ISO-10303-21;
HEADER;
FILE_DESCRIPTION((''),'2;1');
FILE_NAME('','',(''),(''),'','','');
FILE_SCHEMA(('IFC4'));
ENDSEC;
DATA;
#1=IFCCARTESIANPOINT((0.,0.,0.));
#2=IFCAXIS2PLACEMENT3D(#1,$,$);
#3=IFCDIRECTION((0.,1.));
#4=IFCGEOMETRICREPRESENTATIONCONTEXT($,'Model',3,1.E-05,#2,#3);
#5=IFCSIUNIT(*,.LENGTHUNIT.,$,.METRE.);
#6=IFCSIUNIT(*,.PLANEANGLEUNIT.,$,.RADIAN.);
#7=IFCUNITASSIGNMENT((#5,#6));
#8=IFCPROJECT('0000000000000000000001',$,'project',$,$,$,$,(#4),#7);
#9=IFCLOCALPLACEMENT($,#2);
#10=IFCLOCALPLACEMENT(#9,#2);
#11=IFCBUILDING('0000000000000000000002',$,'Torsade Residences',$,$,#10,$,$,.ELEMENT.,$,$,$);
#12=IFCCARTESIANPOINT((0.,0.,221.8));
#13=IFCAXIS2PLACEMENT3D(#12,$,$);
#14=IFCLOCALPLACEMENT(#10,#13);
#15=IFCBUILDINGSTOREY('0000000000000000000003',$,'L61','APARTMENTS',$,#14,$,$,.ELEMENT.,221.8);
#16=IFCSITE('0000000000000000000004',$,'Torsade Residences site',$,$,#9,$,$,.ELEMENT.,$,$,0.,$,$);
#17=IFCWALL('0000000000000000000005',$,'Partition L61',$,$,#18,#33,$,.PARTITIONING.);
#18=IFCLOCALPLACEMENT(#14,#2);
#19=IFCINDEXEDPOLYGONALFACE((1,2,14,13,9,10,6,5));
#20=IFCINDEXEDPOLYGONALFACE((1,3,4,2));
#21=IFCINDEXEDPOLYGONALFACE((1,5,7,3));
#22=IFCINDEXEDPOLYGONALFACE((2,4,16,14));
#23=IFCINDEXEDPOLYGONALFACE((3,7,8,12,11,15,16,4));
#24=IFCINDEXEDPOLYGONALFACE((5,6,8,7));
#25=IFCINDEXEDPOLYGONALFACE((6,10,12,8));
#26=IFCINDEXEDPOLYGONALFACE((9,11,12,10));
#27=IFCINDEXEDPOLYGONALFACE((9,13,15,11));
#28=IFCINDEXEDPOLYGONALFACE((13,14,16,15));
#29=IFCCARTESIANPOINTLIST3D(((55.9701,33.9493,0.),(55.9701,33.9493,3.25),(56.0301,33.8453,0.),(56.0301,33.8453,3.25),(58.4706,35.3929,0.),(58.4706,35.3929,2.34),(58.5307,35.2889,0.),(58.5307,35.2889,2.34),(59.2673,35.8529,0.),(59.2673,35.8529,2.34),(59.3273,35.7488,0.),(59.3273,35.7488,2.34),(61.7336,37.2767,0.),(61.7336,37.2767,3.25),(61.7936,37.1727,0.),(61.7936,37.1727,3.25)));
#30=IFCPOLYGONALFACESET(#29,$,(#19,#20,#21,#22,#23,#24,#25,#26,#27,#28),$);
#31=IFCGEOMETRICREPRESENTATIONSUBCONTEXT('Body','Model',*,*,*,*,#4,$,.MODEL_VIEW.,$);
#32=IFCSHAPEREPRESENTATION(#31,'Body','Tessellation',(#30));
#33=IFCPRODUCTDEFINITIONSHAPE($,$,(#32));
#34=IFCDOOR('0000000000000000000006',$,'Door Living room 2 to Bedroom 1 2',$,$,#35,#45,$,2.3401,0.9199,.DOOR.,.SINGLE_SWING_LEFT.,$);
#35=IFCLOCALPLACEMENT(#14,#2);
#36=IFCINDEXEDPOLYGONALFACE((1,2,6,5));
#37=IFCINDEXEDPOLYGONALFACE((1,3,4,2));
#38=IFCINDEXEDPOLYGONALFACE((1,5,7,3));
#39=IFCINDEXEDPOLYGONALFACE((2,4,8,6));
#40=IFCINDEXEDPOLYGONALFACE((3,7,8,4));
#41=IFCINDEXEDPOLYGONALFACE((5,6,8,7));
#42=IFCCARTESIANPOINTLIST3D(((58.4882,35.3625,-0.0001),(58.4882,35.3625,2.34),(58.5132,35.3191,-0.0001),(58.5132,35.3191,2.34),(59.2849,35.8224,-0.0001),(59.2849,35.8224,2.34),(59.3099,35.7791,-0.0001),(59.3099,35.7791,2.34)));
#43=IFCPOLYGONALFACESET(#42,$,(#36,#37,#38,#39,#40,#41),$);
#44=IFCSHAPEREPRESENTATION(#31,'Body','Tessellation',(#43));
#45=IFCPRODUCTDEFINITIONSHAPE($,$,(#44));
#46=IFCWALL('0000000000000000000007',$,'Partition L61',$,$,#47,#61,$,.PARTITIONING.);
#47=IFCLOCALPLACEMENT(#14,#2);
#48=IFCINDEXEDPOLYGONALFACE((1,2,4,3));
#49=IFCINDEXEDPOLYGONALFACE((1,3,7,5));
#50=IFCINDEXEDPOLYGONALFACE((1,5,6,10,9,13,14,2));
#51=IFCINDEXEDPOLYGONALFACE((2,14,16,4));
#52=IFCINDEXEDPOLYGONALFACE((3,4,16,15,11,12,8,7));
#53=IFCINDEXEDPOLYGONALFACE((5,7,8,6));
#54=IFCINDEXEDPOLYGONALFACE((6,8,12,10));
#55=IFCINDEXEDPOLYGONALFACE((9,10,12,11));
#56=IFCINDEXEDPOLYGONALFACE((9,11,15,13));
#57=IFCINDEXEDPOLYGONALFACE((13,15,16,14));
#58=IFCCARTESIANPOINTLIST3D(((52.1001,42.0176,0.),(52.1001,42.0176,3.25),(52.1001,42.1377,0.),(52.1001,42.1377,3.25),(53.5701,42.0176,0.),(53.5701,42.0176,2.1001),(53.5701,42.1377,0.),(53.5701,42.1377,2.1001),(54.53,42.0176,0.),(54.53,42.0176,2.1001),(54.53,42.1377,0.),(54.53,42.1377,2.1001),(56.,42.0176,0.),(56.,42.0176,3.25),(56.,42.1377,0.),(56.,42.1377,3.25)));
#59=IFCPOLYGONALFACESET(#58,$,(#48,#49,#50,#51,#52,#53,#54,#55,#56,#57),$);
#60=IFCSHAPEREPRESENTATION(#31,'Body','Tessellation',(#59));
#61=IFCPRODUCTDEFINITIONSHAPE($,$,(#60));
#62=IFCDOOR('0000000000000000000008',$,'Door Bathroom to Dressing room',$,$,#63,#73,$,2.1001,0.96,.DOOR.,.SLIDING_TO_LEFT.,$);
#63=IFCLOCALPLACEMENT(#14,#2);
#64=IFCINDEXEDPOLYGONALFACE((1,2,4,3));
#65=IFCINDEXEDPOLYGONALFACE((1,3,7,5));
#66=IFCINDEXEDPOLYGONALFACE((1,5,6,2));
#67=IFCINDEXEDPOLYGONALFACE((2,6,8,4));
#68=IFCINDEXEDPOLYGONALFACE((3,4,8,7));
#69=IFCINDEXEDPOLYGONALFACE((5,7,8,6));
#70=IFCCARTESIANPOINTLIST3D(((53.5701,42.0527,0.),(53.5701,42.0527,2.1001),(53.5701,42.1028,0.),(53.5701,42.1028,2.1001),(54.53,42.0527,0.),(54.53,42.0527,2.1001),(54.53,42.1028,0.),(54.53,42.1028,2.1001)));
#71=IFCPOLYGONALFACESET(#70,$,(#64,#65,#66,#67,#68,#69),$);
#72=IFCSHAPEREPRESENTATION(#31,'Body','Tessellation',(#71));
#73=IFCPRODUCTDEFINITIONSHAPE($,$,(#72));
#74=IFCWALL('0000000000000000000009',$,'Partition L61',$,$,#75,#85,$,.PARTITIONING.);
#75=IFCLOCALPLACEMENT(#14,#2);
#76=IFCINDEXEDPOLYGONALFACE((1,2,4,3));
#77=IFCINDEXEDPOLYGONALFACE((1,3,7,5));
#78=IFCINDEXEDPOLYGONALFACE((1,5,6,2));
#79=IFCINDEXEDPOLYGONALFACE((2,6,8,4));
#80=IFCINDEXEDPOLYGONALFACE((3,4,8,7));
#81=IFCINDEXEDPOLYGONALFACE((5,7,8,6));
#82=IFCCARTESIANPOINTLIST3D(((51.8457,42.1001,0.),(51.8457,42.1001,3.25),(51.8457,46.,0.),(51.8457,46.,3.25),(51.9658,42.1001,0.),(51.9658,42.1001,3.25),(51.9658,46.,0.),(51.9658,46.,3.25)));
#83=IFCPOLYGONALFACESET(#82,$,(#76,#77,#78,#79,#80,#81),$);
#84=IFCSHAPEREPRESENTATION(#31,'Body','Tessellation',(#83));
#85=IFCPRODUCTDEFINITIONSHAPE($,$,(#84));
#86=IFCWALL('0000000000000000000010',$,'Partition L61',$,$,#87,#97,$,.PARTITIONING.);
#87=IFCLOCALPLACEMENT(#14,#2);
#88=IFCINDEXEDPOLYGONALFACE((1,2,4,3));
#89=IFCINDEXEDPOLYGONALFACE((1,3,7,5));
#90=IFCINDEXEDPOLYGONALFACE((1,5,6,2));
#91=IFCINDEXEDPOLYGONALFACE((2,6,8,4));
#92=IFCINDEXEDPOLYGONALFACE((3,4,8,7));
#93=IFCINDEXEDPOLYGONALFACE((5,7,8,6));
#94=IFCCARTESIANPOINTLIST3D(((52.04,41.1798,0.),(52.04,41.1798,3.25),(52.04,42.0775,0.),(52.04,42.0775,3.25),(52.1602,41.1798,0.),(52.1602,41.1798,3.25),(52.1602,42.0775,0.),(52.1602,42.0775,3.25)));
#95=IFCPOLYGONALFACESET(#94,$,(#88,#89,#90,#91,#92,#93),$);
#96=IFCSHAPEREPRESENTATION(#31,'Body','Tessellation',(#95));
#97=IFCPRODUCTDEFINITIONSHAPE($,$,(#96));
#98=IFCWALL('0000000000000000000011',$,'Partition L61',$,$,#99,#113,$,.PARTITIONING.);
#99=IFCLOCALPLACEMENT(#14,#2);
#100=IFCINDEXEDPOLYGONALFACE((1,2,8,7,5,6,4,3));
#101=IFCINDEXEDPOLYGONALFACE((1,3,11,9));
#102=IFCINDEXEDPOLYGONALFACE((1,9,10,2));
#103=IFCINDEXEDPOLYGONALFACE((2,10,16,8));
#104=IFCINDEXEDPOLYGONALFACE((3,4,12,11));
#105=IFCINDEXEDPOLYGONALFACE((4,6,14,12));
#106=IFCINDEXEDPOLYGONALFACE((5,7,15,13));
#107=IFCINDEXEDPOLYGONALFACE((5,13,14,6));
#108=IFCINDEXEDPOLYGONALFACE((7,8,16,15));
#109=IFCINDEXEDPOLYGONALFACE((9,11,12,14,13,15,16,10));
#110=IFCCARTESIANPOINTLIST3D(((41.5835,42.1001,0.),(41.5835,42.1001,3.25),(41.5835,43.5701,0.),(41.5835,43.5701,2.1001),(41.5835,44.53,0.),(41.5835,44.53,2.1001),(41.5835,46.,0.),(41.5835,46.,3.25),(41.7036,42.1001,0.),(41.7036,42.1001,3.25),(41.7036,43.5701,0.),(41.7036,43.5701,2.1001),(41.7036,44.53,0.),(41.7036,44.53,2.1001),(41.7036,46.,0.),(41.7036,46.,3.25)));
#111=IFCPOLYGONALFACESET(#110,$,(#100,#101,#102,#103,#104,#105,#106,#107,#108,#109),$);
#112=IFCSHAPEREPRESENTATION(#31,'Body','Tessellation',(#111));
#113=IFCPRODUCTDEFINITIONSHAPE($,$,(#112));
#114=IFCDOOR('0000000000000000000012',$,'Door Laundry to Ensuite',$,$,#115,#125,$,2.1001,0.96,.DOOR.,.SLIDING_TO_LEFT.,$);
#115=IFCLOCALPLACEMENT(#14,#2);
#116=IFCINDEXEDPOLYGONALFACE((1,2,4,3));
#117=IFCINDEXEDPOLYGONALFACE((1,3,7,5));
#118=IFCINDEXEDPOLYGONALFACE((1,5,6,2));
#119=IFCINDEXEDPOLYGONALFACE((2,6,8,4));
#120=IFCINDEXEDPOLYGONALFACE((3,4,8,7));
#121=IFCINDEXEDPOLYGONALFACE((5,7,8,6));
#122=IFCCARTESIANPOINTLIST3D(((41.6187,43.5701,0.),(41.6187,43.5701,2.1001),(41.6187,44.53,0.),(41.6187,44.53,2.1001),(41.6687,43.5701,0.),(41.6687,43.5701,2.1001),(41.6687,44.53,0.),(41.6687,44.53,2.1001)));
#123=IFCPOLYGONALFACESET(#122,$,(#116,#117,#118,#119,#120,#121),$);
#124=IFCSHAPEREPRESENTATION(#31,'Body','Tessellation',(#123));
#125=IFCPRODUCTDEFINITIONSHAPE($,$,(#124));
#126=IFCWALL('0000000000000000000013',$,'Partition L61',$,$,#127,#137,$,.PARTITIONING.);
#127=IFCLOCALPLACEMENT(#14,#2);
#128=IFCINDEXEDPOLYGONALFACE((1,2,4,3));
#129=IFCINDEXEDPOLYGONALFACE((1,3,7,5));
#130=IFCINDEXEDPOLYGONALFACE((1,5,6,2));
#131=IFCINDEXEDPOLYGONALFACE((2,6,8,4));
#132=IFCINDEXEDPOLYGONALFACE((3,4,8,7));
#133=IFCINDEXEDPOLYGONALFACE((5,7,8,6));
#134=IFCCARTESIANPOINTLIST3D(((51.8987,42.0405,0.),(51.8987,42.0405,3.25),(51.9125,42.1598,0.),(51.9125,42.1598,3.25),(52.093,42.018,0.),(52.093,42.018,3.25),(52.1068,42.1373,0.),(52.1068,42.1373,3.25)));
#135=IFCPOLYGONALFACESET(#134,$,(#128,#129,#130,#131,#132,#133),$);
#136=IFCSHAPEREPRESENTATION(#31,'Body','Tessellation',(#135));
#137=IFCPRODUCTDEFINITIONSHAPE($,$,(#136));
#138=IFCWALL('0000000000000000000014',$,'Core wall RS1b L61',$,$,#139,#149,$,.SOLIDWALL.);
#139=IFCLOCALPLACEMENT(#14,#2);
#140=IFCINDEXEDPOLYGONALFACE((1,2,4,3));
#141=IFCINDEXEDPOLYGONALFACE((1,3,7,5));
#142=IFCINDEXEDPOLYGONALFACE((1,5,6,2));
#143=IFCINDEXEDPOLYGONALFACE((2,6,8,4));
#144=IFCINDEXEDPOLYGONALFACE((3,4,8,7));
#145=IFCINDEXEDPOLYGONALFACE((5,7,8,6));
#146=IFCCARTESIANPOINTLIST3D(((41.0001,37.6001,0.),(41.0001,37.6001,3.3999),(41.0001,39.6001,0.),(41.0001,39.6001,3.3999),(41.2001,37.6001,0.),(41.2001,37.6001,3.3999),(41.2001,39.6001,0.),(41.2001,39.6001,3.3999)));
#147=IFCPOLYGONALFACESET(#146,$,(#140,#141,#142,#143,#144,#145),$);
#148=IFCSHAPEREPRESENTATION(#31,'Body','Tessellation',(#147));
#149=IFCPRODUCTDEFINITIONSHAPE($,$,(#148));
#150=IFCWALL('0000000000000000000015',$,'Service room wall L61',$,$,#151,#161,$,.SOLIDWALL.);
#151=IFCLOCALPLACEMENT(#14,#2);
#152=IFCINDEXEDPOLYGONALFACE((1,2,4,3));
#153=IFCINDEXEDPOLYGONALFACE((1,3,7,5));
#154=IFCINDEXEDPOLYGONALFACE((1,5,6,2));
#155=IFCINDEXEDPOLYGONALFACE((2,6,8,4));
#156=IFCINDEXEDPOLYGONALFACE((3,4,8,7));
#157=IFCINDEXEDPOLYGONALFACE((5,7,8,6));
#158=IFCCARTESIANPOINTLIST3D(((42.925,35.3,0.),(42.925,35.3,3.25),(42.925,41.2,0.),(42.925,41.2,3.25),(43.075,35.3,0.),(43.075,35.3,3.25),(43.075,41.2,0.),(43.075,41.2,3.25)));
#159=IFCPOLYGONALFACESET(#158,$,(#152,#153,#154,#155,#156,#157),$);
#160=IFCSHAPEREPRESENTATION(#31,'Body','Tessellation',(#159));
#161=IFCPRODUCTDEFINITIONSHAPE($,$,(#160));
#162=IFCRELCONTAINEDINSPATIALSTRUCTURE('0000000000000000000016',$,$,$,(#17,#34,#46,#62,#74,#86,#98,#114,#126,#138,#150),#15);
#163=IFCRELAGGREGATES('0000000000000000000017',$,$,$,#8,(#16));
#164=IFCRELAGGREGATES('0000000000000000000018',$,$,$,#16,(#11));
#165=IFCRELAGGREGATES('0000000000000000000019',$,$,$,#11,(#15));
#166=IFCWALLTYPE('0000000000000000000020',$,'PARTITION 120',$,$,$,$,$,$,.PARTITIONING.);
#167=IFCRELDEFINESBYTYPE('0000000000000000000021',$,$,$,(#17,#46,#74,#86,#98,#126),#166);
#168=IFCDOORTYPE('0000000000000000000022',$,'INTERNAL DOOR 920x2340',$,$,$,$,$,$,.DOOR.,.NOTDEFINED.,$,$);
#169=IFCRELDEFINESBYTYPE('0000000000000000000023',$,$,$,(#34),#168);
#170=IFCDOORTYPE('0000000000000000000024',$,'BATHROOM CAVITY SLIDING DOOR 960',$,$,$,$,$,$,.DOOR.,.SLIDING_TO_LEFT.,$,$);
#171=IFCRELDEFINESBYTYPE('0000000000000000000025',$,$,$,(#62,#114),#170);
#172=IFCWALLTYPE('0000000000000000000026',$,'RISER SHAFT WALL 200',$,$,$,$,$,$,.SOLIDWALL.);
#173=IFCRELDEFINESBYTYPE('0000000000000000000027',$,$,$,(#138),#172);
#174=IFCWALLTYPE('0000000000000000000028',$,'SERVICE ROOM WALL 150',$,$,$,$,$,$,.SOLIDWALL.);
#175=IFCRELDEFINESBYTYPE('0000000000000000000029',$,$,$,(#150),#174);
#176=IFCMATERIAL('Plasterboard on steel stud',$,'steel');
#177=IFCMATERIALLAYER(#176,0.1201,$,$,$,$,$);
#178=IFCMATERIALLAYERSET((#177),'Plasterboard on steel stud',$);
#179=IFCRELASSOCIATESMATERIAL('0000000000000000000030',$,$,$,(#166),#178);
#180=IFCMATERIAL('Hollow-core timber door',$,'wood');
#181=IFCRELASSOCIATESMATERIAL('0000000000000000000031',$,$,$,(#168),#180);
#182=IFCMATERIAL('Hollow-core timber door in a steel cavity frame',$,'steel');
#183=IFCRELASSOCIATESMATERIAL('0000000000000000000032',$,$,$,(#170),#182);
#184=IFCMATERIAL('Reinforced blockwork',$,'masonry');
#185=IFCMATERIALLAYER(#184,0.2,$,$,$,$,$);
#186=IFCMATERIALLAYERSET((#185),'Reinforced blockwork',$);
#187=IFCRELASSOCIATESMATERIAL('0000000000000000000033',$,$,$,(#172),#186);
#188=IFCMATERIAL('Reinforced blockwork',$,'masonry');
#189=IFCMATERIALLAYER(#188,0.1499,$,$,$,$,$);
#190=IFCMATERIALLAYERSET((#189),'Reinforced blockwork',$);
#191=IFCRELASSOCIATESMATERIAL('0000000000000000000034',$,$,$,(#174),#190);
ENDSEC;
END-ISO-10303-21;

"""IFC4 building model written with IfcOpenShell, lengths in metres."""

from ifc_helpers import new_model, si_unit, direction, frame, frame_2d, origin, place, context, subcontext, project, spatial, rectangle, extrude, material, layer, layer_set, type_object, element, fill, save


model = new_model("IFC4")

# Units and contexts
model_context = context("Model", 3, precision=1e-05, world=origin(), true_north=direction((0.0, 1.0)))
body_context = subcontext(model_context, "Body", "Model", "MODEL_VIEW")
ifc_project = project(units=[si_unit("LENGTHUNIT", "METRE"), si_unit("PLANEANGLEUNIT", "RADIAN")], contexts=[model_context])

# Site, building, storey
site_placement = place(None, origin())
site = spatial("IfcSite", under=ifc_project, at=site_placement, Name="Torsade Residences site", CompositionType="ELEMENT", RefElevation=0.0)
building_placement = place(site_placement, origin())
building = spatial("IfcBuilding", under=site, at=building_placement, Name="Torsade Residences", CompositionType="ELEMENT")
storey_placement = place(building_placement, frame((0.0, 0.0, 221.8)))
storey = spatial("IfcBuildingStorey", under=building, at=storey_placement, Name="L61", Description="APARTMENTS", CompositionType="ELEMENT", Elevation=221.8)

# Shared definitions
ifc_material_1 = material(Name="Plasterboard on steel stud", Category="steel")
ifc_layer_1 = layer(ifc_material_1, 0.1201)
ifc_layer_set_1 = layer_set([ifc_layer_1], Name="Plasterboard on steel stud")
wall_type_1 = type_object("IfcWallType", Name="PARTITION 120", PredefinedType="PARTITIONING", material=ifc_layer_set_1)
ifc_material_2 = material(Name="Hollow-core timber door", Category="wood")
door_type_1 = type_object("IfcDoorType", Name="INTERNAL DOOR 920x2340", OperationType="NOTDEFINED", PredefinedType="DOOR", material=ifc_material_2)

# Walls, openings, doors
wall_1_placement = place(storey_placement, frame((56.0, 33.8972, 0.0), z_axis=(0.0, 0.0, 1.0), x_axis=(0.866033, 0.499986, 0.0)))
wall_1 = element("IfcWall", 1, at=wall_1_placement, inside=storey, type_object=wall_type_1, Name="Partition L61", PredefinedType="PARTITIONING", context=body_context, shape_type="SweptSolid", body=[
    extrude(rectangle(XDim=6.655, YDim=0.1201, at=frame_2d((3.3276, 0.0))), origin(), (0.0, 0.0, 1.0), 3.25),
])
opening_1_placement = place(wall_1_placement, frame((2.8875, 0.0, 0.0)))
opening_1 = element("IfcOpeningElement", 2, at=opening_1_placement, cuts=wall_1, PredefinedType="OPENING", context=body_context, shape_type="SweptSolid", body=[
    extrude(rectangle(XDim=0.9199, YDim=2.3401, at=frame_2d((0.46, 1.1699))), frame((0.0, 0.0701, 0.0), z_axis=(0.0, -1.0, 0.0), x_axis=(1.0, 0.0, 0.0)), (0.0, 0.0, 1.0), 0.1401),
])
door_1_placement = place(opening_1_placement, origin())
door_1 = element("IfcDoor", 3, at=door_1_placement, inside=storey, type_object=door_type_1, Name="Door Living room 2 to Bedroom 1 2", OperationType="SINGLE_SWING_LEFT", OverallHeight=2.3401, OverallWidth=0.9199, PredefinedType="DOOR", context=body_context, shape_type="SweptSolid", body=[
    extrude(rectangle(XDim=0.9199, YDim=2.3401, at=frame_2d((0.46, 1.1699))), frame((0.0, 0.0249, 0.0), z_axis=(0.0, -1.0, 0.0), x_axis=(1.0, 0.0, 0.0)), (0.0, 0.0, 1.0), 0.05),
])
fill(opening_1, door_1)
wall_2_placement = place(storey_placement, frame((56.0, 42.0776, 0.0), z_axis=(0.0, 0.0, 1.0), x_axis=(-1.0, 0.0, 0.0)))
wall_2 = element("IfcWall", 4, at=wall_2_placement, inside=storey, type_object=wall_type_1, Name="Partition L61", PredefinedType="PARTITIONING", context=body_context, shape_type="SweptSolid", body=[
    extrude(rectangle(XDim=3.8999, YDim=0.1201, at=frame_2d((1.95, 0.0))), origin(), (0.0, 0.0, 1.0), 3.25),
])
opening_2_placement = place(wall_2_placement, frame((1.47, 0.0, 0.0)))
opening_2 = element("IfcOpeningElement", 5, at=opening_2_placement, cuts=wall_2, PredefinedType="OPENING", context=body_context, shape_type="SweptSolid", body=[
    extrude(rectangle(XDim=0.96, YDim=2.1001, at=frame_2d((0.48, 1.05))), frame((0.0, 0.0701, 0.0), z_axis=(0.0, -1.0, 0.0), x_axis=(1.0, 0.0, 0.0)), (0.0, 0.0, 1.0), 0.1401),
])
ifc_material_3 = material(Name="Hollow-core timber door in a steel cavity frame", Category="steel")
door_type_2 = type_object("IfcDoorType", Name="BATHROOM CAVITY SLIDING DOOR 960", OperationType="SLIDING_TO_LEFT", PredefinedType="DOOR", material=ifc_material_3)
door_2_placement = place(opening_2_placement, origin())
door_2 = element("IfcDoor", 6, at=door_2_placement, inside=storey, type_object=door_type_2, Name="Door Bathroom to Dressing room", OperationType="SLIDING_TO_LEFT", OverallHeight=2.1001, OverallWidth=0.96, PredefinedType="DOOR", context=body_context, shape_type="SweptSolid", body=[
    extrude(rectangle(XDim=0.96, YDim=2.1001, at=frame_2d((0.48, 1.05))), frame((0.0, 0.0249, 0.0), z_axis=(0.0, -1.0, 0.0), x_axis=(1.0, 0.0, 0.0)), (0.0, 0.0, 1.0), 0.05),
])
fill(opening_2, door_2)

# Walls
wall_3_placement = place(storey_placement, frame((51.9058, 42.1001, 0.0), z_axis=(0.0, 0.0, 1.0), x_axis=(0.0, 1.0, 0.0)))
element("IfcWall", 7, at=wall_3_placement, inside=storey, type_object=wall_type_1, Name="Partition L61", PredefinedType="PARTITIONING", context=body_context, shape_type="SweptSolid", body=[
    extrude(rectangle(XDim=3.8999, YDim=0.1201, at=frame_2d((1.95, 0.0))), origin(), (0.0, 0.0, 1.0), 3.25),
])
wall_4_placement = place(storey_placement, frame((52.1001, 41.1799, 0.0), z_axis=(0.0, 0.0, 1.0), x_axis=(0.0, 1.0, 0.0)))
element("IfcWall", 8, at=wall_4_placement, inside=storey, type_object=wall_type_1, Name="Partition L61", PredefinedType="PARTITIONING", context=body_context, shape_type="SweptSolid", body=[
    extrude(rectangle(XDim=0.8977, YDim=0.1201, at=frame_2d((0.4487, 0.0))), origin(), (0.0, 0.0, 1.0), 3.25),
])

# Wall, opening, door
wall_5_placement = place(storey_placement, frame((41.6436, 42.1001, 0.0), z_axis=(0.0, 0.0, 1.0), x_axis=(0.0, 1.0, 0.0)))
wall_5 = element("IfcWall", 9, at=wall_5_placement, inside=storey, type_object=wall_type_1, Name="Partition L61", PredefinedType="PARTITIONING", context=body_context, shape_type="SweptSolid", body=[
    extrude(rectangle(XDim=3.8999, YDim=0.1201, at=frame_2d((1.95, 0.0))), origin(), (0.0, 0.0, 1.0), 3.25),
])
opening_3_placement = place(wall_5_placement, frame((1.47, 0.0, 0.0)))
opening_3 = element("IfcOpeningElement", 10, at=opening_3_placement, cuts=wall_5, PredefinedType="OPENING", context=body_context, shape_type="SweptSolid", body=[
    extrude(rectangle(XDim=0.96, YDim=2.1001, at=frame_2d((0.48, 1.05))), frame((0.0, 0.0701, 0.0), z_axis=(0.0, -1.0, 0.0), x_axis=(1.0, 0.0, 0.0)), (0.0, 0.0, 1.0), 0.1401),
])
door_3_placement = place(opening_3_placement, origin())
door_3 = element("IfcDoor", 11, at=door_3_placement, inside=storey, type_object=door_type_2, Name="Door Laundry to Ensuite", OperationType="SLIDING_TO_LEFT", OverallHeight=2.1001, OverallWidth=0.96, PredefinedType="DOOR", context=body_context, shape_type="SweptSolid", body=[
    extrude(rectangle(XDim=0.96, YDim=2.1001, at=frame_2d((0.48, 1.05))), frame((0.0, 0.0249, 0.0), z_axis=(0.0, -1.0, 0.0), x_axis=(1.0, 0.0, 0.0)), (0.0, 0.0, 1.0), 0.05),
])
fill(opening_3, door_3)

# Walls
wall_6_placement = place(storey_placement, frame((51.9058, 42.1001, 0.0), z_axis=(0.0, 0.0, 1.0), x_axis=(0.993387, -0.114814, 0.0)))
element("IfcWall", 12, at=wall_6_placement, inside=storey, type_object=wall_type_1, Name="Partition L61", PredefinedType="PARTITIONING", context=body_context, shape_type="SweptSolid", body=[
    extrude(rectangle(XDim=0.1956, YDim=0.1201, at=frame_2d((0.0977, 0.0))), origin(), (0.0, 0.0, 1.0), 3.25),
])
ifc_material_4 = material(Name="Reinforced blockwork", Category="masonry")
ifc_layer_2 = layer(ifc_material_4, 0.2)
ifc_layer_set_2 = layer_set([ifc_layer_2], Name="Reinforced blockwork")
wall_type_2 = type_object("IfcWallType", Name="RISER SHAFT WALL 200", PredefinedType="SOLIDWALL", material=ifc_layer_set_2)
wall_7_placement = place(storey_placement, frame((41.1001, 37.6001, 0.0), z_axis=(0.0, 0.0, 1.0), x_axis=(0.0, 1.0, 0.0)))
element("IfcWall", 13, at=wall_7_placement, inside=storey, type_object=wall_type_2, Name="Core wall RS1b L61", PredefinedType="SOLIDWALL", context=body_context, shape_type="SweptSolid", body=[
    extrude(rectangle(XDim=2.0, YDim=0.2, at=frame_2d((1.0, 0.0))), origin(), (0.0, 0.0, 1.0), 3.3999),
])
ifc_material_5 = material(Name="Reinforced blockwork", Category="masonry")
ifc_layer_3 = layer(ifc_material_5, 0.1499)
ifc_layer_set_3 = layer_set([ifc_layer_3], Name="Reinforced blockwork")
wall_type_3 = type_object("IfcWallType", Name="SERVICE ROOM WALL 150", PredefinedType="SOLIDWALL", material=ifc_layer_set_3)
wall_8_placement = place(storey_placement, frame((43.0, 41.2, 0.0), z_axis=(0.0, 0.0, 1.0), x_axis=(0.0, -1.0, 0.0)))
element("IfcWall", 14, at=wall_8_placement, inside=storey, type_object=wall_type_3, Name="Service room wall L61", PredefinedType="SOLIDWALL", context=body_context, shape_type="SweptSolid", body=[
    extrude(rectangle(XDim=5.8999, YDim=0.1499, at=frame_2d((2.95, 0.0))), origin(), (0.0, 0.0, 1.0), 3.25),
])

save(model, "model.ifc")
